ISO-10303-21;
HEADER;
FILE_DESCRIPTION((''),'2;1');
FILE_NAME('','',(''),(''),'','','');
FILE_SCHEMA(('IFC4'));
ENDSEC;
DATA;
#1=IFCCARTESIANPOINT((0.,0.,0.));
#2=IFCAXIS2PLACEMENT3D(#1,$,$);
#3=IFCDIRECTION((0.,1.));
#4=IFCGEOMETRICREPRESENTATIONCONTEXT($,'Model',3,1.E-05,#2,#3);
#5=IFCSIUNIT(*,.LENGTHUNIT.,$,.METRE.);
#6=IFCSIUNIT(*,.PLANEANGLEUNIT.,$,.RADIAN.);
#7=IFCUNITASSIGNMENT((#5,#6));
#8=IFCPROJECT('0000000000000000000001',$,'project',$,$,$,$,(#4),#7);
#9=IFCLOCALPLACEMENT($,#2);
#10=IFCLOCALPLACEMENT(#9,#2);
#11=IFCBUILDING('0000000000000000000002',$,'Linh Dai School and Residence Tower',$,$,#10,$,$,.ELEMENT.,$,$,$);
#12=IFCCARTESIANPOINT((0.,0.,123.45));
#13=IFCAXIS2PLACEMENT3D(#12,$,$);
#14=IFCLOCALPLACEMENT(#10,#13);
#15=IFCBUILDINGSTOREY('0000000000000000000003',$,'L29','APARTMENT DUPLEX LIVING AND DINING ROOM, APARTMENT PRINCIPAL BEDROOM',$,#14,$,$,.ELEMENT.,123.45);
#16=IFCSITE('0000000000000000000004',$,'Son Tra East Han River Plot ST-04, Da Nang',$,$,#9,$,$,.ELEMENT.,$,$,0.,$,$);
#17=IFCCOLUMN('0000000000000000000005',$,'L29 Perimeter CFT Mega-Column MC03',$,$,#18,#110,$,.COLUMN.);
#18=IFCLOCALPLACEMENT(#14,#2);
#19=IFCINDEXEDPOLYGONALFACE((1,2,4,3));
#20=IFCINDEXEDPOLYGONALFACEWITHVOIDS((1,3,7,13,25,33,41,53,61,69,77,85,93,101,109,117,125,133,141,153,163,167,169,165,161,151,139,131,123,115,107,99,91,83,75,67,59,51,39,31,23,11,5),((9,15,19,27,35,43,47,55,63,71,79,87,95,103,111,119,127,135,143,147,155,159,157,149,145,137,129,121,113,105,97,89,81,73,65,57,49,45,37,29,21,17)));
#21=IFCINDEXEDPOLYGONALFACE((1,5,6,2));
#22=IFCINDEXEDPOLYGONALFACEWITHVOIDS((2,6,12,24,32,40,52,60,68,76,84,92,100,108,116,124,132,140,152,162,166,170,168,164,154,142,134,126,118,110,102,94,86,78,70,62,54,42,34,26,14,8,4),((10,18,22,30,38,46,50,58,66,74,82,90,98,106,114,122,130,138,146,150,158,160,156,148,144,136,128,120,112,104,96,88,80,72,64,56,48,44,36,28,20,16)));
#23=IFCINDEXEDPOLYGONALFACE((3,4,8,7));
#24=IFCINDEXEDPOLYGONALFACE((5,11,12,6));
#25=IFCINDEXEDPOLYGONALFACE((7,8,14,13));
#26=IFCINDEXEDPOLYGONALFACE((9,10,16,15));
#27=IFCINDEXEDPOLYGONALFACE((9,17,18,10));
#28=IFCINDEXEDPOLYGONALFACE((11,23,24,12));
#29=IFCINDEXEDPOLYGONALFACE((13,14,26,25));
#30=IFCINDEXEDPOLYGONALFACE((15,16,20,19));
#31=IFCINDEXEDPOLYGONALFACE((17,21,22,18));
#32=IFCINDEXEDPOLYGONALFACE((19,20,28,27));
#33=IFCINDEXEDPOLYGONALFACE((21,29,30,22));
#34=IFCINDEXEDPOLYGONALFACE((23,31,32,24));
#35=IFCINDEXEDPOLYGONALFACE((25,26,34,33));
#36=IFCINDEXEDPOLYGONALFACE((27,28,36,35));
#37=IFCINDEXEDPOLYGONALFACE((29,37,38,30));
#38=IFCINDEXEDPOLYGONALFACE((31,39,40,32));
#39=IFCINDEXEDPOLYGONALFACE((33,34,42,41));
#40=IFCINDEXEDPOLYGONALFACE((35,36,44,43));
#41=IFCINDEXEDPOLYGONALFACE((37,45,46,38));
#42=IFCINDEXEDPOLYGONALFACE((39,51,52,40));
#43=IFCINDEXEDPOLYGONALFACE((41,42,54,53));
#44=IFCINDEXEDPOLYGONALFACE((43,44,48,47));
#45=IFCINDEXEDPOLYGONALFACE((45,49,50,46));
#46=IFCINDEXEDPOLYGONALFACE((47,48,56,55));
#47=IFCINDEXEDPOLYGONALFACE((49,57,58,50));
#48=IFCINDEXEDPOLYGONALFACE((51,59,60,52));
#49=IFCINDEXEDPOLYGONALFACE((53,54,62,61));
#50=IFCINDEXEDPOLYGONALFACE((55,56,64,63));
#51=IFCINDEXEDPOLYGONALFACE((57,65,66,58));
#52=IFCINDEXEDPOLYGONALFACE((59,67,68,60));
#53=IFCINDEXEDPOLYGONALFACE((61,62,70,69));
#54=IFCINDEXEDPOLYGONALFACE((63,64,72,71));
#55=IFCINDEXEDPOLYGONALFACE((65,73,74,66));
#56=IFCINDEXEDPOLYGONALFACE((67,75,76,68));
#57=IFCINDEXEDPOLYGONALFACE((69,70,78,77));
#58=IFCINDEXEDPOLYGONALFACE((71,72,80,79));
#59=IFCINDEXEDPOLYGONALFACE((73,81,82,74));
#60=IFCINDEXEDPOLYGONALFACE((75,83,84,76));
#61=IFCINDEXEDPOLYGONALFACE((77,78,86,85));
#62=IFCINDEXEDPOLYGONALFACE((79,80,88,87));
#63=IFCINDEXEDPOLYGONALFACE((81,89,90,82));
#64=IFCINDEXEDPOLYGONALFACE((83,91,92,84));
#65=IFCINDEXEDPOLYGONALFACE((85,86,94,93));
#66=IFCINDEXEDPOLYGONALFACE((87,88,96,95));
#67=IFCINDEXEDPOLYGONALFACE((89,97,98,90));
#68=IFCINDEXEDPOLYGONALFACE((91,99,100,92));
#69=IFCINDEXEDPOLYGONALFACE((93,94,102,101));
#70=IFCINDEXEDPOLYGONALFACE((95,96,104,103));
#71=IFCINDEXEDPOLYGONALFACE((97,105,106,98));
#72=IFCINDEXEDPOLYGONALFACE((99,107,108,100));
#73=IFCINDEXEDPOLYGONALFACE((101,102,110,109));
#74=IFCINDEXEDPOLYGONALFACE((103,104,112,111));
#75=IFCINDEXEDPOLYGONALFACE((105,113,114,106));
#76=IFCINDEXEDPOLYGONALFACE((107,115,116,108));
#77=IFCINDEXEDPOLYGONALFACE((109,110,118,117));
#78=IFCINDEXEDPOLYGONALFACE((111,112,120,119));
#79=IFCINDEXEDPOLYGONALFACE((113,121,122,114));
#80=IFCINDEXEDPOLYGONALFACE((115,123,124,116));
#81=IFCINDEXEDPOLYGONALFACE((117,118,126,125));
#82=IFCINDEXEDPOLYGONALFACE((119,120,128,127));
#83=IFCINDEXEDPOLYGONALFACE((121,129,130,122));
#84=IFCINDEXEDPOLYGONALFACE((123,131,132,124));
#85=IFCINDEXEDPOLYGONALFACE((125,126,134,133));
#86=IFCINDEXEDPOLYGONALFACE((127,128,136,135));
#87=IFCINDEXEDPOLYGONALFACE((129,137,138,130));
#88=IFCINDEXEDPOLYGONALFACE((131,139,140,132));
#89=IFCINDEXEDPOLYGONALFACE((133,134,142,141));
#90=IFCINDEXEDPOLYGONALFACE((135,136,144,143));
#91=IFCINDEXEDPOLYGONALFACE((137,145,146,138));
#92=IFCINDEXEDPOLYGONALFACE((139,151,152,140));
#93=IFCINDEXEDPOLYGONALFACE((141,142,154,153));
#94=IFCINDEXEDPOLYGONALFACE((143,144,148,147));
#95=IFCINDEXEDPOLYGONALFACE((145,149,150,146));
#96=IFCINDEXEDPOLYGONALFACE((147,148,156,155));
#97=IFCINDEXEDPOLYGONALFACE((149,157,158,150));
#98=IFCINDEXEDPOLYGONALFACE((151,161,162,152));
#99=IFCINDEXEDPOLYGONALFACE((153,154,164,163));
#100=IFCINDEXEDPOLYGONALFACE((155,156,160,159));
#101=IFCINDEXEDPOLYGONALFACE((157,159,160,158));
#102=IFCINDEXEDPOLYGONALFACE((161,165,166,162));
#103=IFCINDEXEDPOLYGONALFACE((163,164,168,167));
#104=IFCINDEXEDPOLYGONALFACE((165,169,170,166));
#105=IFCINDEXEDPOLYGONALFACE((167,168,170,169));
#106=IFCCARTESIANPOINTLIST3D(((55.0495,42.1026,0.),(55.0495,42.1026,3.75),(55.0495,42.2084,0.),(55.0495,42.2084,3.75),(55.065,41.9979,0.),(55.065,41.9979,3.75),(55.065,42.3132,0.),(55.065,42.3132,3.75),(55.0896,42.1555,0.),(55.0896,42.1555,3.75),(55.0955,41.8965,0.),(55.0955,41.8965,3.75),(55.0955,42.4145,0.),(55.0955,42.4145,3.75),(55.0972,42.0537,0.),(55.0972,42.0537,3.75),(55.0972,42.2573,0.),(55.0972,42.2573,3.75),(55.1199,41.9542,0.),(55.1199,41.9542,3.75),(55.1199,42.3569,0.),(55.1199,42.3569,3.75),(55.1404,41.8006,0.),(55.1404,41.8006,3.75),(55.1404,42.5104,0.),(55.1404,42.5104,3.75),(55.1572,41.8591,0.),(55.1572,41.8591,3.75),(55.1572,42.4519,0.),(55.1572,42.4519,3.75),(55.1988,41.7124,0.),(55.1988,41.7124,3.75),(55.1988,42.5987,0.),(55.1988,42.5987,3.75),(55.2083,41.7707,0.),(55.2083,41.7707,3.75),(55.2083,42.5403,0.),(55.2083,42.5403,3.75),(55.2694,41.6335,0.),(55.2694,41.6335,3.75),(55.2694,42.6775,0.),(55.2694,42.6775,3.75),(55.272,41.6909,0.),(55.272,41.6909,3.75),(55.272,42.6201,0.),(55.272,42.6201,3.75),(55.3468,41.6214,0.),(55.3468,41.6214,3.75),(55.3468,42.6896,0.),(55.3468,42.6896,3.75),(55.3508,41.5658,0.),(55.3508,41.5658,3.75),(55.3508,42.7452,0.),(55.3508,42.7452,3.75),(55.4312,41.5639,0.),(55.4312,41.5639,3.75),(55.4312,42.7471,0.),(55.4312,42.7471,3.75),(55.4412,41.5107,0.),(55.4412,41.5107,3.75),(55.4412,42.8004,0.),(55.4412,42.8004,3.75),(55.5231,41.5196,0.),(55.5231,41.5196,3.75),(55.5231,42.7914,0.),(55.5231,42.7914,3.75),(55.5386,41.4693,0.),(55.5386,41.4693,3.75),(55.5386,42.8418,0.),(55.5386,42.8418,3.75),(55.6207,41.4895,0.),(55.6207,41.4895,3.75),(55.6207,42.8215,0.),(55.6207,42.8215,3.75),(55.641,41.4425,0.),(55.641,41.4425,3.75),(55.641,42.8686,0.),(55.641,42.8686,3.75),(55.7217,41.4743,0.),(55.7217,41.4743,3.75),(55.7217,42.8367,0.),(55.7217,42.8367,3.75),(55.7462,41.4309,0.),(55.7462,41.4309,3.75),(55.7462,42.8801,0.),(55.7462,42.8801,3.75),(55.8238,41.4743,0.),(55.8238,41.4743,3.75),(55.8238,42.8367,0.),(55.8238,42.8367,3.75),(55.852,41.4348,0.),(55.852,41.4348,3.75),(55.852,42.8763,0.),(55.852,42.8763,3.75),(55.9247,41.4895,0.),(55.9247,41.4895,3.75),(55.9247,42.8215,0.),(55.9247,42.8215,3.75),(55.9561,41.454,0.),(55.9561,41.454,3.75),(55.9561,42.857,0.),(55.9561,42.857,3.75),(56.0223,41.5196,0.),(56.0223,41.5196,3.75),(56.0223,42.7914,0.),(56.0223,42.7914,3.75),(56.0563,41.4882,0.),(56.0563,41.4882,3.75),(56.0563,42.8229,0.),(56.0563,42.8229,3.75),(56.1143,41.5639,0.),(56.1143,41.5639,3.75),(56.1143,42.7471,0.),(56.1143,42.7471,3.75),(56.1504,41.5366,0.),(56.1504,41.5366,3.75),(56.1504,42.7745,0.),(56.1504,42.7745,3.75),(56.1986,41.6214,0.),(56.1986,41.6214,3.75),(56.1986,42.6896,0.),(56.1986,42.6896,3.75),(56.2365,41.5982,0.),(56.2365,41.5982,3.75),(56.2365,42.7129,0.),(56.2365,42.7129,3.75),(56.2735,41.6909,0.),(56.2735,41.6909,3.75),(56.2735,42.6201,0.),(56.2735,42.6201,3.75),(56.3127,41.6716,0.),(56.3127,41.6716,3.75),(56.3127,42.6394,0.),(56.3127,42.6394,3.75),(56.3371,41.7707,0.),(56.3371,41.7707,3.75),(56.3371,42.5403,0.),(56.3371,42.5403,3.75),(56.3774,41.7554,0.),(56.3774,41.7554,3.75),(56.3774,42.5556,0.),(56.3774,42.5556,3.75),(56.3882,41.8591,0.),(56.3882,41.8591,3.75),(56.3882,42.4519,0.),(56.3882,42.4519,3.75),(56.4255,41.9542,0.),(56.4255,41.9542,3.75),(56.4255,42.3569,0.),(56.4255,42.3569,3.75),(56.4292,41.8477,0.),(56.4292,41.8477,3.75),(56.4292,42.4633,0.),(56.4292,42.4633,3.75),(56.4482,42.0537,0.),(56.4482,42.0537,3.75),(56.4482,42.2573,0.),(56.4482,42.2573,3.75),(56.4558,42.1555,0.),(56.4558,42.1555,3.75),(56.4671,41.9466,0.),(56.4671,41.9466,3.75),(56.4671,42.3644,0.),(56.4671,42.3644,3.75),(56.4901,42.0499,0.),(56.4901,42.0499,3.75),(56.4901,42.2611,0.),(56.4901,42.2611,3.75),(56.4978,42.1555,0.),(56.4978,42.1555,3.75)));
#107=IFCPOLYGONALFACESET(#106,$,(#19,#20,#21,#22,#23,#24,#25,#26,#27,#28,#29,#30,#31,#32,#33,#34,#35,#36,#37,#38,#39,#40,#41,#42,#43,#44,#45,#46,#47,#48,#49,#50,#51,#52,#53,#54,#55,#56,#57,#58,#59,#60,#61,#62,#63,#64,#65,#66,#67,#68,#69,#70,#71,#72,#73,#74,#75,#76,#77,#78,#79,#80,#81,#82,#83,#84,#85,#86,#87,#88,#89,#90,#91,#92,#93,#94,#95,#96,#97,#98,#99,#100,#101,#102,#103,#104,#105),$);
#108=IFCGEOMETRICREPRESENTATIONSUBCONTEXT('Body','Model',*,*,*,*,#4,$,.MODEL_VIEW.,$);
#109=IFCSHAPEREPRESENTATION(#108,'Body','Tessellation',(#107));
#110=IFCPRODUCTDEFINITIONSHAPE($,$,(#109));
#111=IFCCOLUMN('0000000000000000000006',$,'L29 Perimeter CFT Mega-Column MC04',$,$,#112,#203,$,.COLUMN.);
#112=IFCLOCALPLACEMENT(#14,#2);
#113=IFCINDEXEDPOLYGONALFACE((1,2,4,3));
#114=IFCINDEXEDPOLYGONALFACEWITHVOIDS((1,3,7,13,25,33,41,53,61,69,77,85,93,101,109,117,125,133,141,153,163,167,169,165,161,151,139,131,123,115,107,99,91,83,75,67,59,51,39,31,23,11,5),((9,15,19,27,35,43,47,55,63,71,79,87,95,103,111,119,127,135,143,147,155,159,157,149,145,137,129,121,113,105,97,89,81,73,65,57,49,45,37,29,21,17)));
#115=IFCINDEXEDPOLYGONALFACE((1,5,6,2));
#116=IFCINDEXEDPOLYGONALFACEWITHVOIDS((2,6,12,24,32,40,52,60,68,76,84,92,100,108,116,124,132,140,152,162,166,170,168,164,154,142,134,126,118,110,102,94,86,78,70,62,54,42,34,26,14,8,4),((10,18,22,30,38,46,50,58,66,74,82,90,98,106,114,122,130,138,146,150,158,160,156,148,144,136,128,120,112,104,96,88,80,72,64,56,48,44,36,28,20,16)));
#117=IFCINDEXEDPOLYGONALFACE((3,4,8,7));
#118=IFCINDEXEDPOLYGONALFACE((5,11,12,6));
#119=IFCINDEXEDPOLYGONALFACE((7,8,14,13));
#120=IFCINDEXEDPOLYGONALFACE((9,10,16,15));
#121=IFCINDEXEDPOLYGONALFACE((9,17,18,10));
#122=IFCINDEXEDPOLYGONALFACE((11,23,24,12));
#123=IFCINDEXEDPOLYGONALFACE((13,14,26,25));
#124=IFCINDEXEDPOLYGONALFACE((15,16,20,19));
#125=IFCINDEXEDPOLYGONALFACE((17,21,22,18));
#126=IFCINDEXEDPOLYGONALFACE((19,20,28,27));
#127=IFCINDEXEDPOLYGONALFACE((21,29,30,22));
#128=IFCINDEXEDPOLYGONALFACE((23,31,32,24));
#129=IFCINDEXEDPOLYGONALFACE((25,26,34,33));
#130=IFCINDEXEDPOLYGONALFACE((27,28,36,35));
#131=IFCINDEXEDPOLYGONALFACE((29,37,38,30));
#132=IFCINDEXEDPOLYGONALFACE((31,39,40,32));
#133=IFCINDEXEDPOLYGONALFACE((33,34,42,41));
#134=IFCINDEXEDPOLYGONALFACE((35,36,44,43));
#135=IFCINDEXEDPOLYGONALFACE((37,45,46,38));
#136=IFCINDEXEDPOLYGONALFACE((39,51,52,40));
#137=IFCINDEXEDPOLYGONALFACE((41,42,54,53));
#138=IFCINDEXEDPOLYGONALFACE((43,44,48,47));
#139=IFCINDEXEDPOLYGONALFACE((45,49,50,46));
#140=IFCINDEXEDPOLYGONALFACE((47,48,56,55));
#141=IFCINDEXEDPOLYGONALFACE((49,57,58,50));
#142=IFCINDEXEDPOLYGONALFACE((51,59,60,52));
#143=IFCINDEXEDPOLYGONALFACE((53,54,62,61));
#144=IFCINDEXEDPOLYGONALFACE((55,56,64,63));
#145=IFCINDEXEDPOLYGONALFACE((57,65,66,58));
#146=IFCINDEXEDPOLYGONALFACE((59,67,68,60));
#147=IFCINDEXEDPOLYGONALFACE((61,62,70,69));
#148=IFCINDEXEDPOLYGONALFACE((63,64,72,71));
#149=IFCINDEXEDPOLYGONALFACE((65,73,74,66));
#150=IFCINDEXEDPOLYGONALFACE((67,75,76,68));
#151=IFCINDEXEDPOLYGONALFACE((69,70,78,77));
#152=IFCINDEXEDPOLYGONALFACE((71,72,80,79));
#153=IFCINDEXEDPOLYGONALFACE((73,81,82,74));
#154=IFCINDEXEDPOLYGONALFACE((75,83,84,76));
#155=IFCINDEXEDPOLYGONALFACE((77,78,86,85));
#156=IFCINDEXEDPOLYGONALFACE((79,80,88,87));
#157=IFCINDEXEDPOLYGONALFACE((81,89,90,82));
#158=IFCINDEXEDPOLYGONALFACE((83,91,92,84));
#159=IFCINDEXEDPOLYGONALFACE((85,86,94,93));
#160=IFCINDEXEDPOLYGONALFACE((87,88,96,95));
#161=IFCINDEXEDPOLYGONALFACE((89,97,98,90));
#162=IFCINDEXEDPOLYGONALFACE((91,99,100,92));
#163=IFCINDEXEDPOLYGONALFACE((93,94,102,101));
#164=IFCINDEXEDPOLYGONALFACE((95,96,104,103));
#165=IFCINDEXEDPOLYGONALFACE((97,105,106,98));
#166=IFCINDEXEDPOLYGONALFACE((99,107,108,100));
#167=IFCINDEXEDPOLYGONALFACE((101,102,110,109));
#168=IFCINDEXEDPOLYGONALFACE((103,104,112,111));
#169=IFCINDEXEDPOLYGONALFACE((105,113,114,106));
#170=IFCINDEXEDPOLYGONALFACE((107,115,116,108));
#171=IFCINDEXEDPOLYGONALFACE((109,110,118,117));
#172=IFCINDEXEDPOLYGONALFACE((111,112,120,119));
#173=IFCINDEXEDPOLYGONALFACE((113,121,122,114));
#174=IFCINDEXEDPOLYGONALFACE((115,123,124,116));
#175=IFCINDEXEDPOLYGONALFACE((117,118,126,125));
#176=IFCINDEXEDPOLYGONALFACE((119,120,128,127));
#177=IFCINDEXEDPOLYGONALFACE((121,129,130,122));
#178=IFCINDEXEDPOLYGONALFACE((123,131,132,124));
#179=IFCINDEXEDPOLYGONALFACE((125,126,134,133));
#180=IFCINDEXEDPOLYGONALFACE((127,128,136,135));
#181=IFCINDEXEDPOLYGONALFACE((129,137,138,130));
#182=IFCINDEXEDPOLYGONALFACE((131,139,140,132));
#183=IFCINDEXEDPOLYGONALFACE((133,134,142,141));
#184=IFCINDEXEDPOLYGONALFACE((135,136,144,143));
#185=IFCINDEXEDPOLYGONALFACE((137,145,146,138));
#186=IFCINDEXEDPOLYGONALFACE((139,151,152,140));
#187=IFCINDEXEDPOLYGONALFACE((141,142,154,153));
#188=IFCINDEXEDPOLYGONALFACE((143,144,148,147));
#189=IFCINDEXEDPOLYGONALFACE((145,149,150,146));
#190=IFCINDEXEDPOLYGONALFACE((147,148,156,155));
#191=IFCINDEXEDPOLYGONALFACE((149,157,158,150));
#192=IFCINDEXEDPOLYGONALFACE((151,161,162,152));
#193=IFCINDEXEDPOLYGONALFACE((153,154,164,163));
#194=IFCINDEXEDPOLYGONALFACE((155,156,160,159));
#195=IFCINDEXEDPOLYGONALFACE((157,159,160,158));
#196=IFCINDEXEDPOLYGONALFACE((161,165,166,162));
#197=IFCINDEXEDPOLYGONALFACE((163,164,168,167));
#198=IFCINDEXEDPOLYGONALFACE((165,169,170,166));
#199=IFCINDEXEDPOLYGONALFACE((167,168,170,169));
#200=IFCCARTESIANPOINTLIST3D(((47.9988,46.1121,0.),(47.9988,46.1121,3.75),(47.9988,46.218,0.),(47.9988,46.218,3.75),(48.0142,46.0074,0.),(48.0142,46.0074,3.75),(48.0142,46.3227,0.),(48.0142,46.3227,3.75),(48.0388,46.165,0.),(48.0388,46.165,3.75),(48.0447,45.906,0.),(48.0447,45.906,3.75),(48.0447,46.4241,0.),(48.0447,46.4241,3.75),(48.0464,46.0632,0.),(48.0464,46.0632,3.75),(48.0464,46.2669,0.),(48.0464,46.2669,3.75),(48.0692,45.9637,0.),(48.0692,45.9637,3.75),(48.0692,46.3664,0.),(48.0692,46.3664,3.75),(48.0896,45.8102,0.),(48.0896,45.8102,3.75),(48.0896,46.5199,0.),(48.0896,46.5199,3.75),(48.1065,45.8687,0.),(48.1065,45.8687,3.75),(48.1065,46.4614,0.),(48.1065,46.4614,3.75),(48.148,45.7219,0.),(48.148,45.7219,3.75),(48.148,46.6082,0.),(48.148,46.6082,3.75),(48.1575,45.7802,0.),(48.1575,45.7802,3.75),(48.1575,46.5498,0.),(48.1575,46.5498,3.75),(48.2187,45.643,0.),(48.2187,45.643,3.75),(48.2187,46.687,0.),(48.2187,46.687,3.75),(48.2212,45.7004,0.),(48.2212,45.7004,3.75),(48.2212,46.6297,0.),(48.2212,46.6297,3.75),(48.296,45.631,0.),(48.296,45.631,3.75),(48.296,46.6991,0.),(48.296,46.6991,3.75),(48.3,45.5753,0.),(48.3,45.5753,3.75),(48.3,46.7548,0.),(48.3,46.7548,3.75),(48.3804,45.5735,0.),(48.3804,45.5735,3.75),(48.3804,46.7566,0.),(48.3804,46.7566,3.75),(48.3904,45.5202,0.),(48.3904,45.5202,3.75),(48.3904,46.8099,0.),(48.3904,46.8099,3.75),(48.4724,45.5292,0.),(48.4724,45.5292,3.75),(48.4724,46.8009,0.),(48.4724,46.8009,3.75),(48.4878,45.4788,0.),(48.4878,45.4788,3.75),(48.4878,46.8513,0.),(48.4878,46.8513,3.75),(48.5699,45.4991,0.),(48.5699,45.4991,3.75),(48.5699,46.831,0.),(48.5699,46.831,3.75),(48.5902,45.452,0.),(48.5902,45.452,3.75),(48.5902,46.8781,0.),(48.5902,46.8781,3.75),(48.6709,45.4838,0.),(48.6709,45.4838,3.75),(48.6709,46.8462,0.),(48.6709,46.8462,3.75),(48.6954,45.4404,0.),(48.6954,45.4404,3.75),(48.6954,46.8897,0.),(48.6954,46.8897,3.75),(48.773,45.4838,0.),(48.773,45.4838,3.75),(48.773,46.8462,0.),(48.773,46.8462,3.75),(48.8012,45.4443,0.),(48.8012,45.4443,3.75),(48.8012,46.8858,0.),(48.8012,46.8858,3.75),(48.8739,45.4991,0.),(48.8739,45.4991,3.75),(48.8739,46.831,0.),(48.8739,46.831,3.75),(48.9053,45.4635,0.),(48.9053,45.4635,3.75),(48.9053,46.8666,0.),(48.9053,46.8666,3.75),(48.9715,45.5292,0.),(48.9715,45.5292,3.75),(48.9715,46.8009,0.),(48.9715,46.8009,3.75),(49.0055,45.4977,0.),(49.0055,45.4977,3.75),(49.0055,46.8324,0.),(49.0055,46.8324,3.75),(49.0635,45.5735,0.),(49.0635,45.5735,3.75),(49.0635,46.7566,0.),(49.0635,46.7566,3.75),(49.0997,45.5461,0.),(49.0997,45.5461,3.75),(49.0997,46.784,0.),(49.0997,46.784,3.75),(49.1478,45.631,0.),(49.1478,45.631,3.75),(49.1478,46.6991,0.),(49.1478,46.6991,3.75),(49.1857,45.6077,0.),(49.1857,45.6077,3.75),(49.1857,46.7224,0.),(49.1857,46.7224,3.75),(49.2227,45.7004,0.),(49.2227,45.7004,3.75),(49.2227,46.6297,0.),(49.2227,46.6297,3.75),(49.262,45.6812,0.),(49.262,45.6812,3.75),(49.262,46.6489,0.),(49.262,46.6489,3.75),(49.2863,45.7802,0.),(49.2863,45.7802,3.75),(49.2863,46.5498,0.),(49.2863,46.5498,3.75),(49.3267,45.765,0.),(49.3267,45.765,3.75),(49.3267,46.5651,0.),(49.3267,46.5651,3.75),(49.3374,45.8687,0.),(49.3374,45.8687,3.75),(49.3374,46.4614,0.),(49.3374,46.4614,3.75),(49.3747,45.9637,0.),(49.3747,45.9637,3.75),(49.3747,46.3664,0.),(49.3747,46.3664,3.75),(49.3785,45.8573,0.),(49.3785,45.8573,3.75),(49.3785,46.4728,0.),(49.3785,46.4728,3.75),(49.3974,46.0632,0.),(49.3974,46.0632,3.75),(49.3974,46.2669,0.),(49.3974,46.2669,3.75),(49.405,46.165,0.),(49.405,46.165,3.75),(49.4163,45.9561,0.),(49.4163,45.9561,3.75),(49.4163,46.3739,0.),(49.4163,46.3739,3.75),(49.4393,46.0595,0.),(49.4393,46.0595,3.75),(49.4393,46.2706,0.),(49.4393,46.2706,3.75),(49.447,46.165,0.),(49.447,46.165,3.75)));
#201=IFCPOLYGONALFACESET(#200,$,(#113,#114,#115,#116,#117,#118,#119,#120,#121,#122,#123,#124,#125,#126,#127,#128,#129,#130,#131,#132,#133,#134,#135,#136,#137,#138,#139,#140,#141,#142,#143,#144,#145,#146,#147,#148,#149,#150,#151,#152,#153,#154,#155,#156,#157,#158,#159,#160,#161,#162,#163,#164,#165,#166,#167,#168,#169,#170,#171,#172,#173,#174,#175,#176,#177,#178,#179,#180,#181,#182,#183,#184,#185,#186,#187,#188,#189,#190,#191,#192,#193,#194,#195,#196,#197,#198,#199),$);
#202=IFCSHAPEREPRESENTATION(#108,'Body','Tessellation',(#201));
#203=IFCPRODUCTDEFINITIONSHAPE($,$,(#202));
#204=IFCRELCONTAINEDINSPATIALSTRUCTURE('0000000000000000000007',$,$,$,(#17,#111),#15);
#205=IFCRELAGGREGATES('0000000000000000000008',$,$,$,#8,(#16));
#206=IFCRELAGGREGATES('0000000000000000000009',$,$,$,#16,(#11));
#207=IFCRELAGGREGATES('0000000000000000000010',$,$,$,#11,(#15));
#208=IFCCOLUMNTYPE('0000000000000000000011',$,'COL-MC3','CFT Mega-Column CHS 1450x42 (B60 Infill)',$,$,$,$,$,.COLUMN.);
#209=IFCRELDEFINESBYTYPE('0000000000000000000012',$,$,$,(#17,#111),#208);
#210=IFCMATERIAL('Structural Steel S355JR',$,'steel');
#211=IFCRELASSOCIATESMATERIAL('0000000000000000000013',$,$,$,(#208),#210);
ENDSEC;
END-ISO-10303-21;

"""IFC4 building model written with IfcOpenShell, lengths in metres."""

from ifc_helpers import new_model, si_unit, direction, frame, origin, origin_2d, place, context, subcontext, project, spatial, hollow_circle, extrude, material, material_profile, profile_set, type_object, element, save


model = new_model("IFC4")

# Units and contexts
model_context = context("Model", 3, precision=1e-05, world=origin(), true_north=direction((0.0, 1.0)))
body_context = subcontext(model_context, "Body", "Model", "MODEL_VIEW")
ifc_project = project(units=[si_unit("LENGTHUNIT", "METRE"), si_unit("PLANEANGLEUNIT", "RADIAN")], contexts=[model_context])

# Site, building, storey
site_placement = place(None, origin())
site = spatial("IfcSite", under=ifc_project, at=site_placement, Name="Son Tra East Han River Plot ST-04, Da Nang", CompositionType="ELEMENT", RefElevation=0.0)
building_placement = place(site_placement, origin())
building = spatial("IfcBuilding", under=site, at=building_placement, Name="Linh Dai School and Residence Tower", CompositionType="ELEMENT")
storey_placement = place(building_placement, frame((0.0, 0.0, 123.45)))
storey = spatial("IfcBuildingStorey", under=building, at=storey_placement, Name="L29", Description="APARTMENT DUPLEX LIVING AND DINING ROOM, APARTMENT PRINCIPAL BEDROOM", CompositionType="ELEMENT", Elevation=123.45)

# Columns
ifc_material_1 = material(Name="Structural Steel S355JR", Category="steel")
ifc_material_profile_1 = material_profile(ifc_material_1, hollow_circle(Radius=0.7251, WallThickness=0.042, at=origin_2d()), Name="CHS 1450x42")
ifc_profile_set_1 = profile_set([ifc_material_profile_1], Name="Structural Steel S355JR")
column_type = type_object("IfcColumnType", Name="COL-MC3", Description="CFT Mega-Column CHS 1450x42 (B60 Infill)", PredefinedType="COLUMN", material=ifc_profile_set_1)
for number, where, z_axis, x_axis, name in (
    (1, (55.7727, 42.1555, 0.0), (0.0, 0.0, 1.0), (1.0, 0.0, 0.0), "L29 Perimeter CFT Mega-Column MC03"),
    (2, (48.7219, 46.165, 0.0), (0.0, 0.0, 1.0), (1.0, 0.0, 0.0), "L29 Perimeter CFT Mega-Column MC04"),
):
    element("IfcColumn", number, at=place(storey_placement, frame(where, z_axis=z_axis, x_axis=x_axis)), inside=storey, type_object=column_type, Name=name, PredefinedType="COLUMN", context=body_context, shape_type="SweptSolid", body=[
        extrude(hollow_circle(Radius=0.7251, WallThickness=0.042, at=origin_2d()), origin(), (0.0, 0.0, 1.0), 3.75),
    ])

save(model, "model.ifc")
